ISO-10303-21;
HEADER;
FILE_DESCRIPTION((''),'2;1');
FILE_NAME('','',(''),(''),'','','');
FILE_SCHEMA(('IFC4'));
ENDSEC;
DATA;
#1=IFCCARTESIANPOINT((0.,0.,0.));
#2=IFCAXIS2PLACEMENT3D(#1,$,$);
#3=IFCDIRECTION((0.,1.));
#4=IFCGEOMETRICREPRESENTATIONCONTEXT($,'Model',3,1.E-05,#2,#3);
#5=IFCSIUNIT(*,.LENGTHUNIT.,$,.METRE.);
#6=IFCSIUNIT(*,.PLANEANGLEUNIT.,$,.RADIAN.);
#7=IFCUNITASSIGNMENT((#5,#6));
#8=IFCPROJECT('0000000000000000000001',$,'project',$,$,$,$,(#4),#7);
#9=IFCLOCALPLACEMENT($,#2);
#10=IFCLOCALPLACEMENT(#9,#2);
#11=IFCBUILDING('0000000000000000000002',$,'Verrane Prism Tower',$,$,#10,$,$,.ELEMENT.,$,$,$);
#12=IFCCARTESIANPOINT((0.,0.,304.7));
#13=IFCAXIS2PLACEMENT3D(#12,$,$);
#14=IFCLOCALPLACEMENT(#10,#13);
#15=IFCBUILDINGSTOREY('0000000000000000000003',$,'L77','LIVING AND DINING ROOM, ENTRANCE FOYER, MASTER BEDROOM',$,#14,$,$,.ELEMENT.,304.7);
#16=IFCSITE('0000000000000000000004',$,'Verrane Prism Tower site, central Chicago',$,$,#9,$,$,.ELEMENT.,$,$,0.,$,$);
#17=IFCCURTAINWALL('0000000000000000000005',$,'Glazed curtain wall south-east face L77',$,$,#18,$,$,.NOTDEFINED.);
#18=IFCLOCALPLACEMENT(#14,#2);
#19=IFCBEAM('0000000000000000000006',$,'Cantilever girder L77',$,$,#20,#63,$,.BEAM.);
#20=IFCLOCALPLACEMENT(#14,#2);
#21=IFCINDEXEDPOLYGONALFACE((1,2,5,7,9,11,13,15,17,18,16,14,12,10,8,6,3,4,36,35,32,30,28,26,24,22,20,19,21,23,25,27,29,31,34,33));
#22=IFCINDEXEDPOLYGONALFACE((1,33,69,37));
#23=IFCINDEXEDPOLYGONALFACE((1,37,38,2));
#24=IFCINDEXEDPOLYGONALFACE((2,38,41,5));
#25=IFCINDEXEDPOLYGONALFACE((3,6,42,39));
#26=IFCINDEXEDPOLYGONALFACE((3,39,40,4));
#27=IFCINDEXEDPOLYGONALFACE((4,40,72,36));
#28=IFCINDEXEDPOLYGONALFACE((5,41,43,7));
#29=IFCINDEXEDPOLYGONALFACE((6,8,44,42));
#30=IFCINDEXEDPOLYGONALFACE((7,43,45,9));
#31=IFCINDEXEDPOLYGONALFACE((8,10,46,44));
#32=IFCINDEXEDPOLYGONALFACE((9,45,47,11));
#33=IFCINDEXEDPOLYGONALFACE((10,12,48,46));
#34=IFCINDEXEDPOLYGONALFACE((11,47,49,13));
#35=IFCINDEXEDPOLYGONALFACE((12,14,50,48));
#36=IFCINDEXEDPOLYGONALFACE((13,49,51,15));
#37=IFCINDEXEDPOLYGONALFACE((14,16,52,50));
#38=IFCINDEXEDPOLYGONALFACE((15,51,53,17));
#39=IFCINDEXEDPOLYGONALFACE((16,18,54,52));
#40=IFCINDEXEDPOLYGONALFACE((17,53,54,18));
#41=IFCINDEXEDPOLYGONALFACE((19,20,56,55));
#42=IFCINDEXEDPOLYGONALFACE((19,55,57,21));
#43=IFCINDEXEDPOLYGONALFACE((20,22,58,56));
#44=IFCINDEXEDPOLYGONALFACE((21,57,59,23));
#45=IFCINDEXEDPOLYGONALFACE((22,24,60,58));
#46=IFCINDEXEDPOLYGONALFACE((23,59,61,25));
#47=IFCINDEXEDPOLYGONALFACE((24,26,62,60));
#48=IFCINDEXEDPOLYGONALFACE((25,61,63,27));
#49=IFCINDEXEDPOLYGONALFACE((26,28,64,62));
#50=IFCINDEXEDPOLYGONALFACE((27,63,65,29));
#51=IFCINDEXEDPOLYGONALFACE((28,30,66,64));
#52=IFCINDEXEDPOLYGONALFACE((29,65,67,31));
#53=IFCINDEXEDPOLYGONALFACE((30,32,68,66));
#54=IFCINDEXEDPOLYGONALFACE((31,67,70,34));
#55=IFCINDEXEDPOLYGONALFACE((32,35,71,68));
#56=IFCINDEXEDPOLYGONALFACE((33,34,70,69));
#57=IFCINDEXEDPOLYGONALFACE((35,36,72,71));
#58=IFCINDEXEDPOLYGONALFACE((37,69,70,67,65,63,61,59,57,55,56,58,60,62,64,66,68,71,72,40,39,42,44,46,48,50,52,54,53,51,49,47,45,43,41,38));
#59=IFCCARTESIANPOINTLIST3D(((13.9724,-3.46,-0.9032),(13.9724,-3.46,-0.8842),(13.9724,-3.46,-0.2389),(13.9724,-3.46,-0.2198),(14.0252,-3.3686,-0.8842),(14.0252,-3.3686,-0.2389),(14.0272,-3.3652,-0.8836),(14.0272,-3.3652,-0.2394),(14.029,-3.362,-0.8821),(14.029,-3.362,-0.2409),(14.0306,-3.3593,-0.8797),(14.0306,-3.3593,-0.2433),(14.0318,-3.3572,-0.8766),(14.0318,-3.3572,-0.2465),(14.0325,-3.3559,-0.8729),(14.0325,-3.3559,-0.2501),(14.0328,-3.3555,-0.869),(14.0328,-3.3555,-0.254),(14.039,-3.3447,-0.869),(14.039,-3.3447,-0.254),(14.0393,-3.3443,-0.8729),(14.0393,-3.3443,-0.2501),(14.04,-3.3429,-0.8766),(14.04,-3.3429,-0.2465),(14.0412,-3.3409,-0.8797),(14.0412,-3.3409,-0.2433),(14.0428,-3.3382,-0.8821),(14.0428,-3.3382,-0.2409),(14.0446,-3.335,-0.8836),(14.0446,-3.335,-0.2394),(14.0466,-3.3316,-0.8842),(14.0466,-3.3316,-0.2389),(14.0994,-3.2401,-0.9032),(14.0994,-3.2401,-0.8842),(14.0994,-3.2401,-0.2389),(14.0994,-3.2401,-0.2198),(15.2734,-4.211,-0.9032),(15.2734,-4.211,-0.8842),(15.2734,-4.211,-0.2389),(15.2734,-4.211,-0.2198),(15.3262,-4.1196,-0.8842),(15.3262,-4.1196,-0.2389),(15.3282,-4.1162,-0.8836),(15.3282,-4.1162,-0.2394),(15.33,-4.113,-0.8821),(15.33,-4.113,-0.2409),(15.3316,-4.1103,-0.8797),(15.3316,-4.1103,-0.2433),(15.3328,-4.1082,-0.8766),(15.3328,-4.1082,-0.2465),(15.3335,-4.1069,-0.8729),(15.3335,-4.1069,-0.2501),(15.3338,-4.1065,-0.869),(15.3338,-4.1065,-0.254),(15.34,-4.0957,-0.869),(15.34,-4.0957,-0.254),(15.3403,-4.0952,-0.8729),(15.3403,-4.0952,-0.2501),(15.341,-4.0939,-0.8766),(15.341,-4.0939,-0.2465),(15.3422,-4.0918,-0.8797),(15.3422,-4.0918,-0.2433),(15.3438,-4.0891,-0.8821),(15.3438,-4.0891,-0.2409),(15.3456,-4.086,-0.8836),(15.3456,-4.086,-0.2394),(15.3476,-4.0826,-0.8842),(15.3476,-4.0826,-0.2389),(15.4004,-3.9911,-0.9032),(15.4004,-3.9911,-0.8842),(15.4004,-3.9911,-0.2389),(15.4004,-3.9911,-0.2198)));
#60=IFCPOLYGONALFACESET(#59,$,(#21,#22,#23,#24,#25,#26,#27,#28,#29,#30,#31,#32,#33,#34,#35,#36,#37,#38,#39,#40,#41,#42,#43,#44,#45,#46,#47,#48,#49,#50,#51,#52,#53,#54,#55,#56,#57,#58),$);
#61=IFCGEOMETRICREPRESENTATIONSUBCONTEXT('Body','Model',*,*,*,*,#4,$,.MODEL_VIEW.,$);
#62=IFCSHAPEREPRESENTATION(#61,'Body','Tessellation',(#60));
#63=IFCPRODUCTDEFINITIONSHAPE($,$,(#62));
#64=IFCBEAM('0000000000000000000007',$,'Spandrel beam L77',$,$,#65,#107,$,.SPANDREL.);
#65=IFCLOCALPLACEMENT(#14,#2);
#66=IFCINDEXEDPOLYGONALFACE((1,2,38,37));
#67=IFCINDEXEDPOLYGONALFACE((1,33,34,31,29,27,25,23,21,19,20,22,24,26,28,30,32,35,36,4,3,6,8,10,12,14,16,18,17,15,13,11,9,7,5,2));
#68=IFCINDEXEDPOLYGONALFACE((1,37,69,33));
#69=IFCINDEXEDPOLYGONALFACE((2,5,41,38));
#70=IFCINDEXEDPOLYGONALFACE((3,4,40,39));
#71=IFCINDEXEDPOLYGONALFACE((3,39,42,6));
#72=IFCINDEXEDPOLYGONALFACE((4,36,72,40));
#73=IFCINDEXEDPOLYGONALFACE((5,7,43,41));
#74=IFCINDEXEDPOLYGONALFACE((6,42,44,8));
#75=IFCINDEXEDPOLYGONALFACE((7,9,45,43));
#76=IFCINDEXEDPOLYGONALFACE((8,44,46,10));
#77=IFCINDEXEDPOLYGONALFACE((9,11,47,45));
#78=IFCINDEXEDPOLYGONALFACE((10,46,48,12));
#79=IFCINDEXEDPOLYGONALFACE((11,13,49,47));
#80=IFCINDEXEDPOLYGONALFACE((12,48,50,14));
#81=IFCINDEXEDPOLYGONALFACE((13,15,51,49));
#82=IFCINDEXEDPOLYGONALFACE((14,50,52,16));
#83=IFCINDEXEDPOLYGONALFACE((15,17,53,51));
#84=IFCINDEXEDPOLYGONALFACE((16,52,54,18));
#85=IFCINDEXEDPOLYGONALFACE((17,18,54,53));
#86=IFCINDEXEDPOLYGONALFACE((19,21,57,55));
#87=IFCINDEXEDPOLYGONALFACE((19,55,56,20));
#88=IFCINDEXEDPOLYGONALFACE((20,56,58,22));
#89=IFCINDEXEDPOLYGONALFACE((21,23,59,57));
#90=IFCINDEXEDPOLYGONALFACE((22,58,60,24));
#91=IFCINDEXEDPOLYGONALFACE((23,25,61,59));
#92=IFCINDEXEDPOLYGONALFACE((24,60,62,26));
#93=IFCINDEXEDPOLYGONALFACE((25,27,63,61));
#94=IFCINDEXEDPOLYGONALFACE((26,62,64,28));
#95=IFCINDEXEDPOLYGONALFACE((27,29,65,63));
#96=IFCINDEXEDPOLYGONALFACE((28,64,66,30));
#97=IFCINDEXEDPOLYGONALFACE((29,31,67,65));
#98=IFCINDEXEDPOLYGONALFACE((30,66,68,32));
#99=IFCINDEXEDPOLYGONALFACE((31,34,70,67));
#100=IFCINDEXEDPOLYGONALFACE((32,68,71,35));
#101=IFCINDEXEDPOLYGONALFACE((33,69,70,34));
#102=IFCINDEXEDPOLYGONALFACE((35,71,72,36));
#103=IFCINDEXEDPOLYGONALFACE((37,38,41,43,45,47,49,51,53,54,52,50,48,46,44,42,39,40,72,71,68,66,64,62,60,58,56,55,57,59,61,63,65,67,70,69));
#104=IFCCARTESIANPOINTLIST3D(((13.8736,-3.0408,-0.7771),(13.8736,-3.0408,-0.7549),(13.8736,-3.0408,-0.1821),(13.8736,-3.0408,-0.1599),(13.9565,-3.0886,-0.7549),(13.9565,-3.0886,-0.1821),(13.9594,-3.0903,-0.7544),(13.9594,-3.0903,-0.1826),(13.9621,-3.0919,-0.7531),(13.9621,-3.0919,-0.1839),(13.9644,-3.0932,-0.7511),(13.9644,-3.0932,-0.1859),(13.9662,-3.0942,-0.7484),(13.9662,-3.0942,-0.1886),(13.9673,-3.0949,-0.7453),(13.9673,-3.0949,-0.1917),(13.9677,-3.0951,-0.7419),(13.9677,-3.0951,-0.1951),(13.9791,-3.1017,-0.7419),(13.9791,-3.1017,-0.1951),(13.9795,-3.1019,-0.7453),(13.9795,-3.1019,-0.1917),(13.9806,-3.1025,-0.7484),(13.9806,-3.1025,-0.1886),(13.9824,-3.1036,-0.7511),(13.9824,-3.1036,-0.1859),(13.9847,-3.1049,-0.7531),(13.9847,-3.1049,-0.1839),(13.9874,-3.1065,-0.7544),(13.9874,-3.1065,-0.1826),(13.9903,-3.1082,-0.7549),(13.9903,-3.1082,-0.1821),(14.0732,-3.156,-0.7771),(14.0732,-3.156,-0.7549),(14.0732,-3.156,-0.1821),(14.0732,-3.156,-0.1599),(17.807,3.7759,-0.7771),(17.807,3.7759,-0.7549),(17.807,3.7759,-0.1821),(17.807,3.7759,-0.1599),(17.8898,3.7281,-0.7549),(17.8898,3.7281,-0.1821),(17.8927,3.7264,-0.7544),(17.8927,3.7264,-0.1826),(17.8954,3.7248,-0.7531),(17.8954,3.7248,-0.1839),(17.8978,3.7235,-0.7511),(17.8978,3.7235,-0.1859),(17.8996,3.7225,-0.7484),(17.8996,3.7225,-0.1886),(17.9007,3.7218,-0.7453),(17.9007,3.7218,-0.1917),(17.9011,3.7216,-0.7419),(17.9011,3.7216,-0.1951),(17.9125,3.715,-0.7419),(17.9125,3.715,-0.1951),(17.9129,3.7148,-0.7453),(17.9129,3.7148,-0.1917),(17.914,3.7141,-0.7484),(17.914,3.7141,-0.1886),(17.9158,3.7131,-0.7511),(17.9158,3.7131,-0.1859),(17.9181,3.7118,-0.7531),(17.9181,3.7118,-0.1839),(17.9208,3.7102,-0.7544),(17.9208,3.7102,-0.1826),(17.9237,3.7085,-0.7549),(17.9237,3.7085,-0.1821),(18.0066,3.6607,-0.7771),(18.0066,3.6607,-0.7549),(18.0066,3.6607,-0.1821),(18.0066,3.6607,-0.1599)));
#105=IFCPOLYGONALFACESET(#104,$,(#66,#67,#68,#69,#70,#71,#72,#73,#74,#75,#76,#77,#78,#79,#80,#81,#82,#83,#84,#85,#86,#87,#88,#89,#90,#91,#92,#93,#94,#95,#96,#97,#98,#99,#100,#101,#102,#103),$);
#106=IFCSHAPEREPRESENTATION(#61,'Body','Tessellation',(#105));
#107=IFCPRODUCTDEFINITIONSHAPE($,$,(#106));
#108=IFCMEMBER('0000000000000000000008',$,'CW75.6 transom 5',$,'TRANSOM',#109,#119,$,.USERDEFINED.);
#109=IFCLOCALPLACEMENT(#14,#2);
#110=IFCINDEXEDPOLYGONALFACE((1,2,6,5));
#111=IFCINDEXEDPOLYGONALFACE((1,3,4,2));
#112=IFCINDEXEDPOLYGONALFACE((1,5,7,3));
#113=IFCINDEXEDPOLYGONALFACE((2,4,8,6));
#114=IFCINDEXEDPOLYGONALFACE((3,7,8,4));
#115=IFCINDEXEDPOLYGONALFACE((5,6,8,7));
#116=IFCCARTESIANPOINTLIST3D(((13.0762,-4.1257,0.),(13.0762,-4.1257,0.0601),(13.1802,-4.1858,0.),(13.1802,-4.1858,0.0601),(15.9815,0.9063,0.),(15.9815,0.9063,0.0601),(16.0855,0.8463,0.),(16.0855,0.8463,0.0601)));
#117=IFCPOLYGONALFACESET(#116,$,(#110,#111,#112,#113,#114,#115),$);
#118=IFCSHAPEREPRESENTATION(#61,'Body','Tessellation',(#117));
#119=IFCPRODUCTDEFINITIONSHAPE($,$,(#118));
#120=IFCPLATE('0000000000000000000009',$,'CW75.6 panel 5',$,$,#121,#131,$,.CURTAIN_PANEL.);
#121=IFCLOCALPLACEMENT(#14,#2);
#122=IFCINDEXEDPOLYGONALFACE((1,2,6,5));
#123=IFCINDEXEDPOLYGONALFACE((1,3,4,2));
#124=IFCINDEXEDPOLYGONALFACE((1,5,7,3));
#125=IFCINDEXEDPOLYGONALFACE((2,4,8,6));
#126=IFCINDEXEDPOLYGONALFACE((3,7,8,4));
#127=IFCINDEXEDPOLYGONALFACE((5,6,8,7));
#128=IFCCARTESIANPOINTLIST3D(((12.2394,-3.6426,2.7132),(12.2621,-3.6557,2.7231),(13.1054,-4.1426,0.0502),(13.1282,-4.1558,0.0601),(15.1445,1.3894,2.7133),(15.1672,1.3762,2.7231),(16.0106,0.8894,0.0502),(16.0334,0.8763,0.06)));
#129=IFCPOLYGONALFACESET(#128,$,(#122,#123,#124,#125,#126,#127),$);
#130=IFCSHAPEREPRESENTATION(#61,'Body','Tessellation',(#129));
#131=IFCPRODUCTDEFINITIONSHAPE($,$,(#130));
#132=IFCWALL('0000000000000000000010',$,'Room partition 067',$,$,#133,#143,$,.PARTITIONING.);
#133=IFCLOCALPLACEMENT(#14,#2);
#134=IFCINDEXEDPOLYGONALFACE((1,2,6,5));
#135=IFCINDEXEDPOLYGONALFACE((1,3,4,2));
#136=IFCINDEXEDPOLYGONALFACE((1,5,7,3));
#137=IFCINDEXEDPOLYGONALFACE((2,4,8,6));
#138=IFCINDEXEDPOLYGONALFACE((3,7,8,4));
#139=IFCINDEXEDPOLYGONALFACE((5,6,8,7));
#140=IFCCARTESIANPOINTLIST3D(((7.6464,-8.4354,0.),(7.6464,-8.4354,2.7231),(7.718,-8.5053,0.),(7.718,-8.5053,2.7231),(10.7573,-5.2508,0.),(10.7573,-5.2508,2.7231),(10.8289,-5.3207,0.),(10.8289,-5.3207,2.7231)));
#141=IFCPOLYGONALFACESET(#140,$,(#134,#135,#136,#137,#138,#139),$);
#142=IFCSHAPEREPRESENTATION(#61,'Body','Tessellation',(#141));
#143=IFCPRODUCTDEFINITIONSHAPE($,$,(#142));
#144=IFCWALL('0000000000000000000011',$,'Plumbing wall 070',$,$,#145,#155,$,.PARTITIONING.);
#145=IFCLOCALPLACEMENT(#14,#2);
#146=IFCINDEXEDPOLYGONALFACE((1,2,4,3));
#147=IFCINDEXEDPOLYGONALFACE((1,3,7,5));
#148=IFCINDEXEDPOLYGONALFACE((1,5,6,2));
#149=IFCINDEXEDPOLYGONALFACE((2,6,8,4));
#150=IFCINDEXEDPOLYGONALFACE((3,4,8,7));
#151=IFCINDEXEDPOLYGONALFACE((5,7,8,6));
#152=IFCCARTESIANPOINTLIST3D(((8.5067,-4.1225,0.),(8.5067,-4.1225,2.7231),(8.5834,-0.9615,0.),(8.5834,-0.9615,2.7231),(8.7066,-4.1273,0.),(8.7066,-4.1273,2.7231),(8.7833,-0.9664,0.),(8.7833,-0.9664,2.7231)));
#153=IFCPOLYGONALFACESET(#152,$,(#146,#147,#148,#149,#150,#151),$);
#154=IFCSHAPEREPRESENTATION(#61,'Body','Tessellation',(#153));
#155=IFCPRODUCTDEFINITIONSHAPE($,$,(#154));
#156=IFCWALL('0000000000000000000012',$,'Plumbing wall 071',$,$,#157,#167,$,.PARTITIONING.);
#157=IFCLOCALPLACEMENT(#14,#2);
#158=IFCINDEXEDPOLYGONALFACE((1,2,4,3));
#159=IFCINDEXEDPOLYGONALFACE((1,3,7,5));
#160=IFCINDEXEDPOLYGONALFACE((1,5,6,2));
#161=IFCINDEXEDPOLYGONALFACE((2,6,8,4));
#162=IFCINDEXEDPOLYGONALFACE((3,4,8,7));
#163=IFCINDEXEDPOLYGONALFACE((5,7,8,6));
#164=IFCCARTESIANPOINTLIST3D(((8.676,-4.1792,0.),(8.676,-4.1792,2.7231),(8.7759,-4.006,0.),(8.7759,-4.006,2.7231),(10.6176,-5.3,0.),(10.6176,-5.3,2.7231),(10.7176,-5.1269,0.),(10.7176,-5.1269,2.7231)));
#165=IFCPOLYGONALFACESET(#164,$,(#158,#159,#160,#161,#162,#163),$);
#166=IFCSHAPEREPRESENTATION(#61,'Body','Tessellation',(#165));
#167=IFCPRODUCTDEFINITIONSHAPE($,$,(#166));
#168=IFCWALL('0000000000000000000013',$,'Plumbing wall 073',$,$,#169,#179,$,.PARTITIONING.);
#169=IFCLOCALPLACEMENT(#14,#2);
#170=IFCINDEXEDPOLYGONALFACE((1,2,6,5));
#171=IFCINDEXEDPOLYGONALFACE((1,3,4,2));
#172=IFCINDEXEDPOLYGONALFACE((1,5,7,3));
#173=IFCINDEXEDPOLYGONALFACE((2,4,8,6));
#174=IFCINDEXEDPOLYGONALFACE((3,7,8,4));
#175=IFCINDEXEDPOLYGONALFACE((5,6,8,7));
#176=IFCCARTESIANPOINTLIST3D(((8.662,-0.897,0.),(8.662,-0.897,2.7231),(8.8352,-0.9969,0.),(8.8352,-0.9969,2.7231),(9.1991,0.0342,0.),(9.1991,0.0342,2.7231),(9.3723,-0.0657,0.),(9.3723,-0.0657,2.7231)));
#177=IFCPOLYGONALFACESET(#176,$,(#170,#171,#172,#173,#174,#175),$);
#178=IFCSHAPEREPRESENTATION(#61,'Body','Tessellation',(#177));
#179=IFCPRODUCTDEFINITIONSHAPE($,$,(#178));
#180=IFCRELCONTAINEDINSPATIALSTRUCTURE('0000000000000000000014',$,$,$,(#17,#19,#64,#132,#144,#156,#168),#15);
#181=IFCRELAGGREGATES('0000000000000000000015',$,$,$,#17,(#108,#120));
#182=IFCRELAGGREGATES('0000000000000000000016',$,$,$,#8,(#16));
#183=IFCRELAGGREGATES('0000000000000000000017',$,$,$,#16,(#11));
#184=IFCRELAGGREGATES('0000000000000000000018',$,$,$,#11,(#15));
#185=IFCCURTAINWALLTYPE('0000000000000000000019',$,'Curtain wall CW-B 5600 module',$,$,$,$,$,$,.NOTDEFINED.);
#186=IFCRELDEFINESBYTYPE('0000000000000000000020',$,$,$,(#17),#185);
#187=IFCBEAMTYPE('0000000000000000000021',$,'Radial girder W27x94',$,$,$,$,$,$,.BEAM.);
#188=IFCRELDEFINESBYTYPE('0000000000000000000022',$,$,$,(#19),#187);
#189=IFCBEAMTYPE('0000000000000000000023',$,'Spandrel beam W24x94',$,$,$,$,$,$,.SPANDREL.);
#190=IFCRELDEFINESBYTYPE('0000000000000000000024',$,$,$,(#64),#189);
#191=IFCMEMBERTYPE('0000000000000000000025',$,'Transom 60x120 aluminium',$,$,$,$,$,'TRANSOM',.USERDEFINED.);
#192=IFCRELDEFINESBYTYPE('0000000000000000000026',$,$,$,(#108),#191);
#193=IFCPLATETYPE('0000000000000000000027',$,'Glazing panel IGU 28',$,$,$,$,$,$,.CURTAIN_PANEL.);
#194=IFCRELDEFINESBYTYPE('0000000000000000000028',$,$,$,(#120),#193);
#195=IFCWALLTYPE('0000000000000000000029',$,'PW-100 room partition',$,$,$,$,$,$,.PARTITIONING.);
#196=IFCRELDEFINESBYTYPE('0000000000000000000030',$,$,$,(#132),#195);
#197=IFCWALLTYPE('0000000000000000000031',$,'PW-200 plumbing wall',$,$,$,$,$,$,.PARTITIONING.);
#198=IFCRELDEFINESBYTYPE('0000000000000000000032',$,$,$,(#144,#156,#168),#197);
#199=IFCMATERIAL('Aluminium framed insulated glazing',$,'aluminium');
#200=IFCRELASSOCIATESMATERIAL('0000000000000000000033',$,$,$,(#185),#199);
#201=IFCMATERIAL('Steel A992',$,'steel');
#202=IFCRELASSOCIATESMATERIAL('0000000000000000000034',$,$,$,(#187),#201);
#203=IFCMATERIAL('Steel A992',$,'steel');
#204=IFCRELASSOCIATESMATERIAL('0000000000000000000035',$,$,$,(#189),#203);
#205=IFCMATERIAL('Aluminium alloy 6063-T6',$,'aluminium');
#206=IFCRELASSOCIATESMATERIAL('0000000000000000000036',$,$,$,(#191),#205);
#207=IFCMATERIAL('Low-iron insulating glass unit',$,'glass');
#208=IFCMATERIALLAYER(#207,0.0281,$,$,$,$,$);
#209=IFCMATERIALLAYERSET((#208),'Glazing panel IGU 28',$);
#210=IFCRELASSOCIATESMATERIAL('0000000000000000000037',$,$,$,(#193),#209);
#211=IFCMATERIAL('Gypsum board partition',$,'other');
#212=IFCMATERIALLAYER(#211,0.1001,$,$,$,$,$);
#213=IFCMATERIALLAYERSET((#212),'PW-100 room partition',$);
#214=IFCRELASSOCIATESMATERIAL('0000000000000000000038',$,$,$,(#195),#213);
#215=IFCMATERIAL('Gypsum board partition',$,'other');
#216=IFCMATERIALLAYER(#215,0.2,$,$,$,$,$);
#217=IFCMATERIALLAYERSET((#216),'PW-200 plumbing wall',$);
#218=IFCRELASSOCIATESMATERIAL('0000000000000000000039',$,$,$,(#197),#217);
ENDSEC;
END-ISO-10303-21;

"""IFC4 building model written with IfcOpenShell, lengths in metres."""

from ifc_helpers import new_model, si_unit, direction, frame, frame_2d, origin, origin_2d, place, context, subcontext, project, spatial, polyline, rectangle, i_section, outline, extrude, material, layer, layer_set, material_profile, profile_set, type_object, element, aggregate, save


model = new_model("IFC4")

# Units and contexts
model_context = context("Model", 3, precision=1e-05, world=origin(), true_north=direction((0.0, 1.0)))
body_context = subcontext(model_context, "Body", "Model", "MODEL_VIEW")
ifc_project = project(units=[si_unit("LENGTHUNIT", "METRE"), si_unit("PLANEANGLEUNIT", "RADIAN")], contexts=[model_context])

# Site, building, storey
site_placement = place(None, origin())
site = spatial("IfcSite", under=ifc_project, at=site_placement, Name="Verrane Prism Tower site, central Chicago", CompositionType="ELEMENT", RefElevation=0.0)
building_placement = place(site_placement, origin())
building = spatial("IfcBuilding", under=site, at=building_placement, Name="Verrane Prism Tower", CompositionType="ELEMENT")
storey_placement = place(building_placement, frame((0.0, 0.0, 304.7)))
storey = spatial("IfcBuildingStorey", under=building, at=storey_placement, Name="L77", Description="LIVING AND DINING ROOM, ENTRANCE FOYER, MASTER BEDROOM", CompositionType="ELEMENT", Elevation=304.7)

# Curtain wall
ifc_material_1 = material(Name="Aluminium framed insulated glazing", Category="aluminium")
curtain_wall_type = type_object("IfcCurtainWallType", Name="Curtain wall CW-B 5600 module", PredefinedType="NOTDEFINED", material=ifc_material_1)
curtain_wall_placement = place(storey_placement, origin())
curtain_wall = element("IfcCurtainWall", 1, at=curtain_wall_placement, inside=storey, type_object=curtain_wall_type, Name="Glazed curtain wall south-east face L77", PredefinedType="NOTDEFINED")

# Beams
ifc_material_2 = material(Name="Steel A992", Category="steel")
ifc_material_profile_1 = material_profile(ifc_material_2, i_section(OverallWidth=0.2539, OverallDepth=0.6833, WebThickness=0.0125, FlangeThickness=0.019, FilletRadius=0.0151, at=origin_2d()), Name="W27x94")
ifc_profile_set_1 = profile_set([ifc_material_profile_1], Name="Steel A992")
beam_type_1 = type_object("IfcBeamType", Name="Radial girder W27x94", PredefinedType="BEAM", material=ifc_profile_set_1)
beam_1_placement = place(storey_placement, frame((14.0359, -3.3501, -0.5615), z_axis=(0.866075, -0.499915, 0.0), x_axis=(0.499915, 0.866075, 0.0)))
element("IfcBeam", 2, at=beam_1_placement, inside=storey, type_object=beam_type_1, Name="Cantilever girder L77", PredefinedType="BEAM", context=body_context, shape_type="SweptSolid", body=[
    extrude(i_section(OverallWidth=0.2539, OverallDepth=0.6833, WebThickness=0.0125, FlangeThickness=0.019, FilletRadius=0.0151, at=origin_2d()), origin(), (0.0, 0.0, 1.0), 1.5022),
])
ifc_material_3 = material(Name="Steel A992", Category="steel")
ifc_material_profile_2 = material_profile(ifc_material_3, i_section(OverallWidth=0.2305, OverallDepth=0.6172, WebThickness=0.0132, FlangeThickness=0.0222, FilletRadius=0.0129, at=origin_2d()), Name="W24x94")
ifc_profile_set_2 = profile_set([ifc_material_profile_2], Name="Steel A992")
beam_type_2 = type_object("IfcBeamType", Name="Spandrel beam W24x94", PredefinedType="SPANDREL", material=ifc_profile_set_2)
beam_2_placement = place(storey_placement, frame((13.9734, -3.0984, -0.4685), z_axis=(0.499786, 0.866149, 0.0), x_axis=(-0.866149, 0.499786, 0.0)))
element("IfcBeam", 3, at=beam_2_placement, inside=storey, type_object=beam_type_2, Name="Spandrel beam L77", PredefinedType="SPANDREL", context=body_context, shape_type="SweptSolid", body=[
    extrude(i_section(OverallWidth=0.2305, OverallDepth=0.6172, WebThickness=0.0132, FlangeThickness=0.0222, FilletRadius=0.0129, at=origin_2d()), origin(), (0.0, 0.0, 1.0), 7.8701),
])

# Member
ifc_material_4 = material(Name="Aluminium alloy 6063-T6", Category="aluminium")
ifc_material_profile_3 = material_profile(ifc_material_4, rectangle(XDim=0.1201, YDim=0.0601, at=origin_2d()), Name="Transom 60x120 aluminium")
ifc_profile_set_3 = profile_set([ifc_material_profile_3], Name="Aluminium alloy 6063-T6")
member_type_1 = type_object("IfcMemberType", Name="Transom 60x120 aluminium", ElementType="TRANSOM", PredefinedType="USERDEFINED", material=ifc_profile_set_3)
member_1_placement = place(storey_placement, frame((13.1282, -4.1558, 0.03), z_axis=(0.500007, 0.866021, 0.0), x_axis=(-0.866021, 0.500007, 0.0)))
member_1 = element("IfcMember", 4, at=member_1_placement, type_object=member_type_1, Name="CW75.6 transom 5", ObjectType="TRANSOM", PredefinedType="USERDEFINED", context=body_context, shape_type="SweptSolid", body=[
    extrude(rectangle(XDim=0.1201, YDim=0.0601, at=origin_2d()), origin(), (0.0, 0.0, 1.0), 5.8105),
])

# Plate
ifc_material_5 = material(Name="Low-iron insulating glass unit", Category="glass")
ifc_layer_1 = layer(ifc_material_5, 0.0281)
ifc_layer_set_1 = layer_set([ifc_layer_1], Name="Glazing panel IGU 28")
plate_type = type_object("IfcPlateType", Name="Glazing panel IGU 28", PredefinedType="CURTAIN_PANEL", material=ifc_layer_set_1)
plate_placement = place(storey_placement, frame((13.1282, -4.1558, 0.0601), z_axis=(0.810749, -0.468076, 0.351554), x_axis=(0.499994, 0.866029, -0.000006)))
plate = element("IfcPlate", 5, at=plate_placement, type_object=plate_type, Name="CW75.6 panel 5", PredefinedType="CURTAIN_PANEL", context=body_context, shape_type="SweptSolid", body=[
    extrude(outline(polyline([(0.0, 0.0), (5.8105, 0.0), (5.8104, 2.8447), (0.0, 2.8446), (0.0, 0.0)])), origin(), (0.0, 0.0, -1.0), 0.0281),
])
aggregate(curtain_wall, [member_1, plate])

# Walls
ifc_material_6 = material(Name="Gypsum board partition", Category="other")
ifc_layer_2 = layer(ifc_material_6, 0.1001)
ifc_layer_set_2 = layer_set([ifc_layer_2], Name="PW-100 room partition")
wall_type_1 = type_object("IfcWallType", Name="PW-100 room partition", PredefinedType="PARTITIONING", material=ifc_layer_set_2)
wall_1_placement = place(storey_placement, frame((7.6821, -8.4705, 0.0), z_axis=(0.0, 0.0, 1.0), x_axis=(0.698777, 0.715339, 0.0)))
element("IfcWall", 6, at=wall_1_placement, inside=storey, type_object=wall_type_1, Name="Room partition 067", PredefinedType="PARTITIONING", context=body_context, shape_type="SweptSolid", body=[
    extrude(rectangle(XDim=4.4519, YDim=0.1001, at=frame_2d((2.2261, 0.0))), origin(), (0.0, 0.0, 1.0), 2.7231),
])
ifc_material_7 = material(Name="Gypsum board partition", Category="other")
ifc_layer_3 = layer(ifc_material_7, 0.2)
ifc_layer_set_3 = layer_set([ifc_layer_3], Name="PW-200 plumbing wall")
wall_type_2 = type_object("IfcWallType", Name="PW-200 plumbing wall", PredefinedType="PARTITIONING", material=ifc_layer_set_3)
wall_2_placement = place(storey_placement, frame((8.6067, -4.125, 0.0), z_axis=(0.0, 0.0, 1.0), x_axis=(0.024246, 0.999706, 0.0)))
element("IfcWall", 7, at=wall_2_placement, inside=storey, type_object=wall_type_2, Name="Plumbing wall 070", PredefinedType="PARTITIONING", context=body_context, shape_type="SweptSolid", body=[
    extrude(rectangle(XDim=3.1619, YDim=0.2, at=frame_2d((1.5811, 0.0))), origin(), (0.0, 0.0, 1.0), 2.7231),
])
wall_3_placement = place(storey_placement, frame((8.7258, -4.0925, 0.0), z_axis=(0.0, 0.0, 1.0), x_axis=(0.866057, -0.499946, 0.0)))
element("IfcWall", 8, at=wall_3_placement, inside=storey, type_object=wall_type_2, Name="Plumbing wall 071", PredefinedType="PARTITIONING", context=body_context, shape_type="SweptSolid", body=[
    extrude(rectangle(XDim=2.2419, YDim=0.2, at=frame_2d((1.1211, 0.0))), origin(), (0.0, 0.0, 1.0), 2.7231),
])
wall_4_placement = place(storey_placement, frame((8.7485, -0.947, 0.0), z_axis=(0.0, 0.0, 1.0), x_axis=(0.499657, 0.866223, 0.0)))
element("IfcWall", 9, at=wall_4_placement, inside=storey, type_object=wall_type_2, Name="Plumbing wall 073", PredefinedType="PARTITIONING", context=body_context, shape_type="SweptSolid", body=[
    extrude(rectangle(XDim=1.075, YDim=0.2, at=frame_2d((0.5376, 0.0))), origin(), (0.0, 0.0, 1.0), 2.7231),
])

save(model, "model.ifc")
